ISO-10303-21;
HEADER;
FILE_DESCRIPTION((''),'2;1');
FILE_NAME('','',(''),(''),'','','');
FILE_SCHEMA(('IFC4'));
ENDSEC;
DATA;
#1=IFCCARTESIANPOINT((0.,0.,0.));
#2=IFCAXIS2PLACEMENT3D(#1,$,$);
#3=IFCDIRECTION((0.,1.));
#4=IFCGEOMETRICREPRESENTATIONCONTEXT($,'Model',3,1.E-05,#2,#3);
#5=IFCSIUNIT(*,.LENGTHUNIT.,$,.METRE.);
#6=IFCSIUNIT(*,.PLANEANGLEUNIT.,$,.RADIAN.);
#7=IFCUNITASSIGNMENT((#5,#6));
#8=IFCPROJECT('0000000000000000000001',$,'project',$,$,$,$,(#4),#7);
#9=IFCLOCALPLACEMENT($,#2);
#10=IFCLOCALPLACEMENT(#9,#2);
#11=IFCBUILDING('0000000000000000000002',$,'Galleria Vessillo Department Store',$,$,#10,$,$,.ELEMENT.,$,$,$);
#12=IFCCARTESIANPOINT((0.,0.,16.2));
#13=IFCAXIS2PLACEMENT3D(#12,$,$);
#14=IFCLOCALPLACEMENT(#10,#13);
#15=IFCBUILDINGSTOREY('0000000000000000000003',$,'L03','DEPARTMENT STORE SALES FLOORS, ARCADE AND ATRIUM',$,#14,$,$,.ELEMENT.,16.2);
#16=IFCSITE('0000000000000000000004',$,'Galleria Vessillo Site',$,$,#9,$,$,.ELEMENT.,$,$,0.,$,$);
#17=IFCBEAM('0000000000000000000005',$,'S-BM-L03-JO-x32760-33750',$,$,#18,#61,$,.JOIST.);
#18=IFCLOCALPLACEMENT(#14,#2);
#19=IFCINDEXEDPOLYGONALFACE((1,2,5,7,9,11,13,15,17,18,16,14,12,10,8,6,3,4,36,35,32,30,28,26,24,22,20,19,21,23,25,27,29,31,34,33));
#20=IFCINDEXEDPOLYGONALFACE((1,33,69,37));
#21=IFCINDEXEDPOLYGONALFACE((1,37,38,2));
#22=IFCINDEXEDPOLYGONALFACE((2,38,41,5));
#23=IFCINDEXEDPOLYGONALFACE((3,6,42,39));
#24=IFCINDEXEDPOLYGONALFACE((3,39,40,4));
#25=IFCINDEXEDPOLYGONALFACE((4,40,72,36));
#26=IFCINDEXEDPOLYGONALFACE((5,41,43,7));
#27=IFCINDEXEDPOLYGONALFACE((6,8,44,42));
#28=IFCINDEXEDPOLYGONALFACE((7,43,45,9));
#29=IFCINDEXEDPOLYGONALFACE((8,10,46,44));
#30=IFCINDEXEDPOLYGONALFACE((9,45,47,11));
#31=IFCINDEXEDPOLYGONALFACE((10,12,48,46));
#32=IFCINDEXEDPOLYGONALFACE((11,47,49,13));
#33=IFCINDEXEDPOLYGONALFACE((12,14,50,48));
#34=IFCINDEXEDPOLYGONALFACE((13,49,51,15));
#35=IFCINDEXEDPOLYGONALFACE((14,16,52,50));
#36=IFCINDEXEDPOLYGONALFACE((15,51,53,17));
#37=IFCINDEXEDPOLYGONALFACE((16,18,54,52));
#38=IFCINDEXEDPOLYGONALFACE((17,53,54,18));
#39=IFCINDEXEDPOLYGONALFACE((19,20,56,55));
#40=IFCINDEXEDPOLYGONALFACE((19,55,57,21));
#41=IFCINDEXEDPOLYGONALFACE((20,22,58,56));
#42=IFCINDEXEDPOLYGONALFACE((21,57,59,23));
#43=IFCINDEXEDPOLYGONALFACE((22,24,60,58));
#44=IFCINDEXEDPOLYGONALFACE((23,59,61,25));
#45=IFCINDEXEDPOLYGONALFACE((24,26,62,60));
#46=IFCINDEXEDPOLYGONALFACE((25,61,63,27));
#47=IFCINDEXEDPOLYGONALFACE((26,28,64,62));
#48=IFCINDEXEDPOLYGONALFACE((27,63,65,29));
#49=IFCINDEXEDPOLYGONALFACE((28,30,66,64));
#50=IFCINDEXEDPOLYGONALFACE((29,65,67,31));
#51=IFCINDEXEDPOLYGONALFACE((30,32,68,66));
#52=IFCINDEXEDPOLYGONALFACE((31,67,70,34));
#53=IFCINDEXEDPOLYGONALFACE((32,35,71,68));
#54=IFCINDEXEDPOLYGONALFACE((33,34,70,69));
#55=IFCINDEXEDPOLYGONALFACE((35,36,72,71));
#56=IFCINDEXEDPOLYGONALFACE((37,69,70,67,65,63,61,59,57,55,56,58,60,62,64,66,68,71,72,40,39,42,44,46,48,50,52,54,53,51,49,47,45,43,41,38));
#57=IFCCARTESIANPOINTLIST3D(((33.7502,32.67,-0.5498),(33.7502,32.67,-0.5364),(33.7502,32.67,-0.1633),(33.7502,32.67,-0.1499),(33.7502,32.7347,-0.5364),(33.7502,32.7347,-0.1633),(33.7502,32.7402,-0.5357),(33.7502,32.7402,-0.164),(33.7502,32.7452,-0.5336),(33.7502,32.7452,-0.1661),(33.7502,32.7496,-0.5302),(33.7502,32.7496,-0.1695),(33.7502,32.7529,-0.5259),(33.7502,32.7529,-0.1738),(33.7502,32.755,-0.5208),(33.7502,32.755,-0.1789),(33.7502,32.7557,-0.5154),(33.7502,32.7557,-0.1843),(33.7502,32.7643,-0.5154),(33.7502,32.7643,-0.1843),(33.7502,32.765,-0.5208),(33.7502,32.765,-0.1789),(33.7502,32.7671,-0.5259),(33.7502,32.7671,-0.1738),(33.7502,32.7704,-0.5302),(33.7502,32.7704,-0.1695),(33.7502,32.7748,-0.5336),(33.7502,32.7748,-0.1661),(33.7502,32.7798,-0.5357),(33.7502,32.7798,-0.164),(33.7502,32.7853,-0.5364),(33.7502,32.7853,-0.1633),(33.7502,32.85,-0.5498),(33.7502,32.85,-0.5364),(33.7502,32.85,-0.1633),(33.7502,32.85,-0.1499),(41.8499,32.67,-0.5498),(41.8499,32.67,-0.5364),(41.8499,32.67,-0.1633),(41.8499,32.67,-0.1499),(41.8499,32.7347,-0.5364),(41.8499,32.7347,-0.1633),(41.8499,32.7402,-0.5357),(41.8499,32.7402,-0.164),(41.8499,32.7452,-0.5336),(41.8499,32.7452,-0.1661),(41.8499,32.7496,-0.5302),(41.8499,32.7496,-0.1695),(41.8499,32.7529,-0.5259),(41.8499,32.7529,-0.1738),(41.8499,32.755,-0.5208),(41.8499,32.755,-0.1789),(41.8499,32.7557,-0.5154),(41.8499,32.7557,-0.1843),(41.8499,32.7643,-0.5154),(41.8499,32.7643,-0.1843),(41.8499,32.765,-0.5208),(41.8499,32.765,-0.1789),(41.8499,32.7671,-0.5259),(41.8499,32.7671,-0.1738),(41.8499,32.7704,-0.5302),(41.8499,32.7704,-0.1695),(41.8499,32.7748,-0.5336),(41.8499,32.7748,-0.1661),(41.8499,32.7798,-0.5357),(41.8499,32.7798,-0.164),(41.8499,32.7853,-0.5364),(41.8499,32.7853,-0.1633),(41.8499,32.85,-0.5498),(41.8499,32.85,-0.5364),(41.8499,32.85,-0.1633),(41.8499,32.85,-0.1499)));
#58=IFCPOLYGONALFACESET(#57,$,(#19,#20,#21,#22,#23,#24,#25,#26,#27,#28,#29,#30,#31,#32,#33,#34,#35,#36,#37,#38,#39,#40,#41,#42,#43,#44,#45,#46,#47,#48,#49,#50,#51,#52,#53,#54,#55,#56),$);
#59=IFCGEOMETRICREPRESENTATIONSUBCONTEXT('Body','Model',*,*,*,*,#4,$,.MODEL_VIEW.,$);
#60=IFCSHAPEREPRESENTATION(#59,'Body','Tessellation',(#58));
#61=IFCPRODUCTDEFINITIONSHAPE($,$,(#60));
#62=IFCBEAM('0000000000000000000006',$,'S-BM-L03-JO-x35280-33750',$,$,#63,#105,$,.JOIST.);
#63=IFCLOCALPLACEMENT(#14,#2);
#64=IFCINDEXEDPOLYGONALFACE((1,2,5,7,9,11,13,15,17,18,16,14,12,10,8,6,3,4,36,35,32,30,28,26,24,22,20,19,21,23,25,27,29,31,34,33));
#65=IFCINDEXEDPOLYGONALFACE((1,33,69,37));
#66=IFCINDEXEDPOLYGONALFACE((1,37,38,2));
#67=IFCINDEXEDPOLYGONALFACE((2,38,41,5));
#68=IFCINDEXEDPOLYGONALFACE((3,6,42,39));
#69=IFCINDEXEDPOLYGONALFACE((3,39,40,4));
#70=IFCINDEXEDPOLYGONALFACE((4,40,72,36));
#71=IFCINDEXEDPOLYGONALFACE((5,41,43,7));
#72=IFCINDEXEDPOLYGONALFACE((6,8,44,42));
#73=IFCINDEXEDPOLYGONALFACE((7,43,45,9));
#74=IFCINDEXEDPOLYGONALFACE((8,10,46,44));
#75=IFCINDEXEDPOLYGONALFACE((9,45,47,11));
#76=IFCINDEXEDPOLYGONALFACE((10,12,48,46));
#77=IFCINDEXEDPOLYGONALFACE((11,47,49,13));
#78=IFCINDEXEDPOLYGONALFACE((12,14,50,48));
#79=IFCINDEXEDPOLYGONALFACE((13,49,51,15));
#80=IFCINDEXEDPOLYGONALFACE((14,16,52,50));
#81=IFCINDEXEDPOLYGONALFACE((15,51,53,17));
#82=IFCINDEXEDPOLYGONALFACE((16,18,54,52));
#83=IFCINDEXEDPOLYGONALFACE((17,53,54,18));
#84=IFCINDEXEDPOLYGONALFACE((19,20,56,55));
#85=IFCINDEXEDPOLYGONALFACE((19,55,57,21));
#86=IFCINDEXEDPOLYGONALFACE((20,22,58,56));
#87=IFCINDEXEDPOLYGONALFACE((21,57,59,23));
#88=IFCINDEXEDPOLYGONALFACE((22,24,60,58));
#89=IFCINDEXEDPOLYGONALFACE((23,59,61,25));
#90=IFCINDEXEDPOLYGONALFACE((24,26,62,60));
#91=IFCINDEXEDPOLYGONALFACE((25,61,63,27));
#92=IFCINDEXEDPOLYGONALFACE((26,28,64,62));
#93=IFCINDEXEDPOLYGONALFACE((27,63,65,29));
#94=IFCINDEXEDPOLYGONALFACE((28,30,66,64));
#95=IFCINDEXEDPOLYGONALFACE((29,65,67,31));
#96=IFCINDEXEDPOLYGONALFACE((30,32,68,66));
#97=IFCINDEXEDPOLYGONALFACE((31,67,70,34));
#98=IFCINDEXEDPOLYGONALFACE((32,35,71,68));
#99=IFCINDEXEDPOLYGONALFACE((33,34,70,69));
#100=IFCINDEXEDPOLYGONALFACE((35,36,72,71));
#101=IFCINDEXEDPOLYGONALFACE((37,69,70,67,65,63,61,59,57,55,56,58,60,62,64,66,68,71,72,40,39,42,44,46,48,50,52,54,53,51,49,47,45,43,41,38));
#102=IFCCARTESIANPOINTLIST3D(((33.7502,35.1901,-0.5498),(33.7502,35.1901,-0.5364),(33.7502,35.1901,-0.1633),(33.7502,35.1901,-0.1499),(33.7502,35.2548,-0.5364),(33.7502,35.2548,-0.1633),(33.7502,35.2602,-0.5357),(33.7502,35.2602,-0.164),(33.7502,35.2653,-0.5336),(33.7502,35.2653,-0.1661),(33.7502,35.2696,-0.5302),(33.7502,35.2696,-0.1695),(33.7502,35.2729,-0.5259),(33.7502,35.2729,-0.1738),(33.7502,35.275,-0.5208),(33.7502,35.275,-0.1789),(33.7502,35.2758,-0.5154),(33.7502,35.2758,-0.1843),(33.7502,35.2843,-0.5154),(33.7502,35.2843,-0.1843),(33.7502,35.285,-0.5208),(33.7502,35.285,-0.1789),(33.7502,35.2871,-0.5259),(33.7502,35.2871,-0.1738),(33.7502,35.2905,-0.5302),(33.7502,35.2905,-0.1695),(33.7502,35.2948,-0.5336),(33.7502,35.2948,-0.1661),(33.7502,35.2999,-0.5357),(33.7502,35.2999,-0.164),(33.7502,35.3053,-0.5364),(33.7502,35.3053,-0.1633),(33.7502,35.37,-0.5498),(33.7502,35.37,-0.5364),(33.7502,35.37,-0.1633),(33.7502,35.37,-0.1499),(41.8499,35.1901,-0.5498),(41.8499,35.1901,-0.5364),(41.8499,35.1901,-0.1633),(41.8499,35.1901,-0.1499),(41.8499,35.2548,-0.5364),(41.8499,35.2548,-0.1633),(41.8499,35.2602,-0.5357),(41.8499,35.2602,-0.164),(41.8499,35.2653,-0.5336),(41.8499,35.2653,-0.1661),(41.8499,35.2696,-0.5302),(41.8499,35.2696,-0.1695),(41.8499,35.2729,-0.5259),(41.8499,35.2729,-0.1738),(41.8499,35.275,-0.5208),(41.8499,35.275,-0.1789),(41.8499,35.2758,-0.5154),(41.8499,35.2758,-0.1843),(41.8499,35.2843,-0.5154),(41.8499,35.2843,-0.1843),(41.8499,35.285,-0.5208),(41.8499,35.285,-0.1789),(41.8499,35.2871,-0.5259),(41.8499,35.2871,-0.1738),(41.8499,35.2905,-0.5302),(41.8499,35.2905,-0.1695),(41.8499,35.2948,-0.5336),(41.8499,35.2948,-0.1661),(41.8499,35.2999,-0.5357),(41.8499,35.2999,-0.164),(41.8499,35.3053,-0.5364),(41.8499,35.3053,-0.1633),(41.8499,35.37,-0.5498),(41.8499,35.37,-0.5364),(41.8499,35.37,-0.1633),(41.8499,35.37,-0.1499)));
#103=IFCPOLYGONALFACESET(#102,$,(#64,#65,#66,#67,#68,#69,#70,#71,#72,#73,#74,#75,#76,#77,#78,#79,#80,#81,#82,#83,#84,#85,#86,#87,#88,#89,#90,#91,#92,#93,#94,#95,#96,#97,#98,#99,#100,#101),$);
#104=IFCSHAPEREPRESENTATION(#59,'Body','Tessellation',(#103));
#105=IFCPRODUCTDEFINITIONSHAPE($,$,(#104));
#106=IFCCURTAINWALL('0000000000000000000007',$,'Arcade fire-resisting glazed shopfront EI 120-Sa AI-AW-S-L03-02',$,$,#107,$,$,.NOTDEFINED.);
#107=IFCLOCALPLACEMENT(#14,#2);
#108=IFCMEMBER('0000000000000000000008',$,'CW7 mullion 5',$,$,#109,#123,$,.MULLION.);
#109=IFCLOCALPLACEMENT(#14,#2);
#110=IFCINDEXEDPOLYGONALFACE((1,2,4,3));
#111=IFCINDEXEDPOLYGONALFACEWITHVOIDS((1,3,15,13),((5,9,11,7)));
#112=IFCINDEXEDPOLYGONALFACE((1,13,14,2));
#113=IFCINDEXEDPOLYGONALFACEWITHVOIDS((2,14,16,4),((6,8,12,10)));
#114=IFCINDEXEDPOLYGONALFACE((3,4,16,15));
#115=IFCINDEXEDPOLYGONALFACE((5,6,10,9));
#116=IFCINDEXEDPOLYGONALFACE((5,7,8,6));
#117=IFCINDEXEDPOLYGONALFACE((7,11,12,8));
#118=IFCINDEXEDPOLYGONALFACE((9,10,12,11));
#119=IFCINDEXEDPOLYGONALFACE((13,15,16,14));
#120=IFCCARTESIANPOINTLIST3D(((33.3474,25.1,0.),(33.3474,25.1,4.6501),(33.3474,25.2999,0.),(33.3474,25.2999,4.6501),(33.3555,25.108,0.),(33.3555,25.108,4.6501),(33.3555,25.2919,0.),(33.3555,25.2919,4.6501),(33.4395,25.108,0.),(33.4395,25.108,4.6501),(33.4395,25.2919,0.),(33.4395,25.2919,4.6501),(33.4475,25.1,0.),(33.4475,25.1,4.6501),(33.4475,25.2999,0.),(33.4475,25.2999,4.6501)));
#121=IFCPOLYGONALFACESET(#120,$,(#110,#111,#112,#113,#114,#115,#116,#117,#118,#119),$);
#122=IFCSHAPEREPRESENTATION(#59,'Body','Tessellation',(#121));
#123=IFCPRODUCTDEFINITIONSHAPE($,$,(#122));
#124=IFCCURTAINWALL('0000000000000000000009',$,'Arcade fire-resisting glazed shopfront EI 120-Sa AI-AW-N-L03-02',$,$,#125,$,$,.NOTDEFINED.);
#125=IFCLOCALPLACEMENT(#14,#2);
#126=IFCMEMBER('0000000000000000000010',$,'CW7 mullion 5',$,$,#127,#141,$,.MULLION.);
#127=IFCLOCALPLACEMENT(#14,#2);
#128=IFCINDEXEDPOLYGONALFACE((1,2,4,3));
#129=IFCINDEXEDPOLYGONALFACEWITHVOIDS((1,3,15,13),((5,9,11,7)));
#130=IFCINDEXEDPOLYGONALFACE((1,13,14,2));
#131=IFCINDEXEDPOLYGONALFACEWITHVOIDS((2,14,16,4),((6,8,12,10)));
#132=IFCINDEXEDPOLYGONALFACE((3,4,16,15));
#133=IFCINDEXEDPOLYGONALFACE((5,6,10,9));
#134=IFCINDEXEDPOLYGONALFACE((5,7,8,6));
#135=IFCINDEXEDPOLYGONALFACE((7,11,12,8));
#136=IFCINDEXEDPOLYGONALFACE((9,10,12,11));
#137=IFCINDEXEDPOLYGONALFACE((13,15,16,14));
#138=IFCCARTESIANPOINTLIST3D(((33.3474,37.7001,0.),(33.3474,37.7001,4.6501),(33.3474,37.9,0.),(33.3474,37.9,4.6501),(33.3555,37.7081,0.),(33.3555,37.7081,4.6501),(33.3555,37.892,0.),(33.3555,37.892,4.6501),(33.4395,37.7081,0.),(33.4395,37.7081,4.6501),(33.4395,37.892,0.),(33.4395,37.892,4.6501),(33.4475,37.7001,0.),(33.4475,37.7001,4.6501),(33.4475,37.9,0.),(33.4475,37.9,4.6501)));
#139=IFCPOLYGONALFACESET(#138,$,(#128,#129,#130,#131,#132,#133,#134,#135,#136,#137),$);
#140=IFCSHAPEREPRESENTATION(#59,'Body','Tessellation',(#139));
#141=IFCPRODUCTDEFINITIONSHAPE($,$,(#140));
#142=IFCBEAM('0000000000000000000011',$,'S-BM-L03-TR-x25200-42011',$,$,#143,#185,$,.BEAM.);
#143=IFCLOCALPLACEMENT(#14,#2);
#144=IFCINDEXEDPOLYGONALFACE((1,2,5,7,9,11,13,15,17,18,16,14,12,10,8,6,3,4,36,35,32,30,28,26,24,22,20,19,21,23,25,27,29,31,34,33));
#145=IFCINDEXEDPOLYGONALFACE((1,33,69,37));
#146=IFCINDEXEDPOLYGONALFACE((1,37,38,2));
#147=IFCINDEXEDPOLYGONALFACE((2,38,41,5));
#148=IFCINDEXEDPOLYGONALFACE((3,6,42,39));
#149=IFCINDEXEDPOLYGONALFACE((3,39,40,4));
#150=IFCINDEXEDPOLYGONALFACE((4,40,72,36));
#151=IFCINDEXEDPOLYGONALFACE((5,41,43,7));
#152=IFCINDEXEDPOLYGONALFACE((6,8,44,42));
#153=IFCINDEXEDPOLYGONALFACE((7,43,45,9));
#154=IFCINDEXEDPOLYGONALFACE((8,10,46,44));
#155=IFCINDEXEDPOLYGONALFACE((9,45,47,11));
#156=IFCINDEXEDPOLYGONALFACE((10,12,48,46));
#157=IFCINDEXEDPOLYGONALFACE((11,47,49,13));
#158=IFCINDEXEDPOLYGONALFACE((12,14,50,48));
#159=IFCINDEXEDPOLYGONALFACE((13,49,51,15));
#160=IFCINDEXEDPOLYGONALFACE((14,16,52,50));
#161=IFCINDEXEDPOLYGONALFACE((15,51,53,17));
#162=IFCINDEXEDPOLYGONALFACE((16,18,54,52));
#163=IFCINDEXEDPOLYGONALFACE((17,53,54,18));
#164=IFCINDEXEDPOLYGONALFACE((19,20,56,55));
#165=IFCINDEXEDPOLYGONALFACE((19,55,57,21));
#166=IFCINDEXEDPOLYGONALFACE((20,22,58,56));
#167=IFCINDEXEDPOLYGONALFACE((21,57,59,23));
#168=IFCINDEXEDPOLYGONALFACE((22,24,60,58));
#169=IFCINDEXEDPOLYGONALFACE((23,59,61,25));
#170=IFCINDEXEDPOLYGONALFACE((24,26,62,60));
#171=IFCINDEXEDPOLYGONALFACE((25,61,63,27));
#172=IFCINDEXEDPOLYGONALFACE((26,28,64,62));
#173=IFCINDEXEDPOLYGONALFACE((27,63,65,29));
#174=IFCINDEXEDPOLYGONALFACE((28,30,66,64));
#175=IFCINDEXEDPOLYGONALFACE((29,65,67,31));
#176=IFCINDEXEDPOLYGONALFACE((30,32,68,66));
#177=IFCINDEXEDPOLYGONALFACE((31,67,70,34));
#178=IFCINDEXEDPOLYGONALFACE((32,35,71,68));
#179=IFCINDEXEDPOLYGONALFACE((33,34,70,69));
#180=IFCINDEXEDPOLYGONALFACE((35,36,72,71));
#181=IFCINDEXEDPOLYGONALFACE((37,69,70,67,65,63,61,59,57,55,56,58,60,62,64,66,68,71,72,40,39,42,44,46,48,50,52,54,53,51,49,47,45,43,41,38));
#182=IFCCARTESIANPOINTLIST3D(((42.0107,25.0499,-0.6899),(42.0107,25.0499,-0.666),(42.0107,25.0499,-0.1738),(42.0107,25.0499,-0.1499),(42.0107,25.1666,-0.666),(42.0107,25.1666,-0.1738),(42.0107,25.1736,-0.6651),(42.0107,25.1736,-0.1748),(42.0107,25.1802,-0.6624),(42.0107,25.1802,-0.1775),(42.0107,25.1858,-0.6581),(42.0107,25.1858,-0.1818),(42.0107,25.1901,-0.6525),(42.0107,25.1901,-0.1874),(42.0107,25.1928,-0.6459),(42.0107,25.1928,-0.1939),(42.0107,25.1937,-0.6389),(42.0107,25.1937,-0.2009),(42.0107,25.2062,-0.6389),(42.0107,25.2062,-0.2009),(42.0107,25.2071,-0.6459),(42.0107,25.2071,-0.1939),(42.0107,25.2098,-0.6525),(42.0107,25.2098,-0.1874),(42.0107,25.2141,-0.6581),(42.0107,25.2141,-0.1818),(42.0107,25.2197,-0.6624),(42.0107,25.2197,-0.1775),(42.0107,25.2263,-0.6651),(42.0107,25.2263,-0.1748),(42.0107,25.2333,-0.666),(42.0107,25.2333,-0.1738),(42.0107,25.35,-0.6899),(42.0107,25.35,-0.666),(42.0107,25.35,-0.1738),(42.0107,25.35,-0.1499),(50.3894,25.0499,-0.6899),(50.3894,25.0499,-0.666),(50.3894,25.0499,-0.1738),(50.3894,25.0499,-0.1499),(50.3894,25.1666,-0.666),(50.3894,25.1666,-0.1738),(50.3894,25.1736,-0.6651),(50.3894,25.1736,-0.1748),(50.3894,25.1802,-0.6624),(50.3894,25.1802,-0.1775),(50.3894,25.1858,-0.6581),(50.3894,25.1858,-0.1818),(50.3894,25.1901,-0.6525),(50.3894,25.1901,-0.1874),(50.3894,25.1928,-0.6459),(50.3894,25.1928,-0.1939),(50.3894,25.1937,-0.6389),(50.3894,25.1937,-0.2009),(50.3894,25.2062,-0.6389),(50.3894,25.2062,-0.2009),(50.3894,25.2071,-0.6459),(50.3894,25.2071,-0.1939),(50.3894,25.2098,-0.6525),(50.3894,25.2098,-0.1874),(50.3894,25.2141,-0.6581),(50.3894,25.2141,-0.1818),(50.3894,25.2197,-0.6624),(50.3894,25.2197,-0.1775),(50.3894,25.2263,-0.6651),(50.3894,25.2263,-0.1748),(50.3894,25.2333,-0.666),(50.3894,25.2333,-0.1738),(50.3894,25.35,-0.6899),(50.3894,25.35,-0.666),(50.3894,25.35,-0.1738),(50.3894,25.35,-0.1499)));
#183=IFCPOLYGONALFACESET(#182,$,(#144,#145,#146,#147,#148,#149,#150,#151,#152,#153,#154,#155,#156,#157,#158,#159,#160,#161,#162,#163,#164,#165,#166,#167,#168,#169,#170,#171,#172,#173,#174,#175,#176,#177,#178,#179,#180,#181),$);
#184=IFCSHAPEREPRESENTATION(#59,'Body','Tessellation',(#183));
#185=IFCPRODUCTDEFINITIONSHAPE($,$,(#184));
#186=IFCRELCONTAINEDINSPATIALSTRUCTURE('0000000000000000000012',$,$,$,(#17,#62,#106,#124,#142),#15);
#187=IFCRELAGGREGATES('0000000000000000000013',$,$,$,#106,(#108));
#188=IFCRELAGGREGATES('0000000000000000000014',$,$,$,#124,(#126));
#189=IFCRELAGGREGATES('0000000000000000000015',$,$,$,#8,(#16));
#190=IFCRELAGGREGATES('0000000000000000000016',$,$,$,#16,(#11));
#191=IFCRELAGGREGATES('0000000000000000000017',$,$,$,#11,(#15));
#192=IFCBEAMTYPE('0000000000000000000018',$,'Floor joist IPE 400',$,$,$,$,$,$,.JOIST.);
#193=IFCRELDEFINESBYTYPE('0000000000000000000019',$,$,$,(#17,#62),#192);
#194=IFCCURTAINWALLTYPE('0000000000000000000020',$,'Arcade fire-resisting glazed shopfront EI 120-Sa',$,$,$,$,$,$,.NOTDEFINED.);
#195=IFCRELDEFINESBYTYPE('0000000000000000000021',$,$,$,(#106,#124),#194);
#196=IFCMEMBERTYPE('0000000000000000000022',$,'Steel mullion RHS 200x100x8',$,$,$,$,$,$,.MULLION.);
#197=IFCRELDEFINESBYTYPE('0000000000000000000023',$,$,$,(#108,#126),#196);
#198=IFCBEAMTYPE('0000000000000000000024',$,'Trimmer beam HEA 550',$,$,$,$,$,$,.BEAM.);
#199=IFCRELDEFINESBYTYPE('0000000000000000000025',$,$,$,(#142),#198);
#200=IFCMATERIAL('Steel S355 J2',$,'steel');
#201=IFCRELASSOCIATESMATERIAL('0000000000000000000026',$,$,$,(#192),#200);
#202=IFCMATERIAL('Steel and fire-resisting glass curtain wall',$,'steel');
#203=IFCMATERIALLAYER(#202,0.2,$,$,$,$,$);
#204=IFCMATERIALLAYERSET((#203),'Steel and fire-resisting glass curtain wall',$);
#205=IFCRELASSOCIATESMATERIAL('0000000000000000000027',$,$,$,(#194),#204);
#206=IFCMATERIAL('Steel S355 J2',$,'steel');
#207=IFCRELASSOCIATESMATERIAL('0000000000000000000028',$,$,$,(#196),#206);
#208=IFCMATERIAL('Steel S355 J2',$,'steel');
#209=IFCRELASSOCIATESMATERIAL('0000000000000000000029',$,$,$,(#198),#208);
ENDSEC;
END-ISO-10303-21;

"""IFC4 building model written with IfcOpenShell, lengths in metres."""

from ifc_helpers import new_model, si_unit, direction, frame, origin, origin_2d, place, context, subcontext, project, spatial, hollow_rectangle, i_section, extrude, material, layer, layer_set, material_profile, profile_set, type_object, element, aggregate, save


model = new_model("IFC4")

# Units and contexts
model_context = context("Model", 3, precision=1e-05, world=origin(), true_north=direction((0.0, 1.0)))
body_context = subcontext(model_context, "Body", "Model", "MODEL_VIEW")
ifc_project = project(units=[si_unit("LENGTHUNIT", "METRE"), si_unit("PLANEANGLEUNIT", "RADIAN")], contexts=[model_context])

# Site, building, storey
site_placement = place(None, origin())
site = spatial("IfcSite", under=ifc_project, at=site_placement, Name="Galleria Vessillo Site", CompositionType="ELEMENT", RefElevation=0.0)
building_placement = place(site_placement, origin())
building = spatial("IfcBuilding", under=site, at=building_placement, Name="Galleria Vessillo Department Store", CompositionType="ELEMENT")
storey_placement = place(building_placement, frame((0.0, 0.0, 16.2)))
storey = spatial("IfcBuildingStorey", under=building, at=storey_placement, Name="L03", Description="DEPARTMENT STORE SALES FLOORS, ARCADE AND ATRIUM", CompositionType="ELEMENT", Elevation=16.2)

# Beams
ifc_material_1 = material(Name="Steel S355 J2", Category="steel")
ifc_material_profile_1 = material_profile(ifc_material_1, i_section(OverallWidth=0.1799, OverallDepth=0.3999, WebThickness=0.0085, FlangeThickness=0.0134, FilletRadius=0.021, at=origin_2d()), Name="IPE 400")
ifc_profile_set_1 = profile_set([ifc_material_profile_1], Name="Steel S355 J2")
beam_type_1 = type_object("IfcBeamType", Name="Floor joist IPE 400", PredefinedType="JOIST", material=ifc_profile_set_1)
for number, where, z_axis, x_axis, name in (
    (1, (33.7502, 32.76, -0.3499), (1.0, 0.0, 0.0), (0.0, 1.0, 0.0), "S-BM-L03-JO-x32760-33750"),
    (2, (33.7502, 35.28, -0.3499), (1.0, 0.0, 0.0), (0.0, 1.0, 0.0), "S-BM-L03-JO-x35280-33750"),
):
    element("IfcBeam", number, at=place(storey_placement, frame(where, z_axis=z_axis, x_axis=x_axis)), inside=storey, type_object=beam_type_1, Name=name, PredefinedType="JOIST", context=body_context, shape_type="SweptSolid", body=[
        extrude(i_section(OverallWidth=0.1799, OverallDepth=0.3999, WebThickness=0.0085, FlangeThickness=0.0134, FilletRadius=0.021, at=origin_2d()), origin(), (0.0, 0.0, 1.0), 8.0996),
    ])

# Curtain walls, members
ifc_material_2 = material(Name="Steel and fire-resisting glass curtain wall", Category="steel")
ifc_layer_1 = layer(ifc_material_2, 0.2)
ifc_layer_set_1 = layer_set([ifc_layer_1], Name="Steel and fire-resisting glass curtain wall")
curtain_wall_type = type_object("IfcCurtainWallType", Name="Arcade fire-resisting glazed shopfront EI 120-Sa", PredefinedType="NOTDEFINED", material=ifc_layer_set_1)
curtain_wall_1_placement = place(storey_placement, origin())
curtain_wall_1 = element("IfcCurtainWall", 3, at=curtain_wall_1_placement, inside=storey, type_object=curtain_wall_type, Name="Arcade fire-resisting glazed shopfront EI 120-Sa AI-AW-S-L03-02", PredefinedType="NOTDEFINED")
ifc_material_3 = material(Name="Steel S355 J2", Category="steel")
ifc_material_profile_2 = material_profile(ifc_material_3, hollow_rectangle(XDim=0.2, YDim=0.1001, WallThickness=0.0081, at=origin_2d()), Name="RHS 200x100x8")
ifc_profile_set_2 = profile_set([ifc_material_profile_2], Name="Steel S355 J2")
member_type = type_object("IfcMemberType", Name="Steel mullion RHS 200x100x8", PredefinedType="MULLION", material=ifc_profile_set_2)
member_1_placement = place(storey_placement, frame((33.3975, 25.2, 0.0), z_axis=(0.0, 0.0, 1.0), x_axis=(0.0, 1.0, 0.0)))
member_1 = element("IfcMember", 4, at=member_1_placement, type_object=member_type, Name="CW7 mullion 5", PredefinedType="MULLION", context=body_context, shape_type="SweptSolid", body=[
    extrude(hollow_rectangle(XDim=0.2, YDim=0.1001, WallThickness=0.0081, at=origin_2d()), origin(), (0.0, 0.0, 1.0), 4.6501),
])
curtain_wall_2_placement = place(storey_placement, origin())
curtain_wall_2 = element("IfcCurtainWall", 5, at=curtain_wall_2_placement, inside=storey, type_object=curtain_wall_type, Name="Arcade fire-resisting glazed shopfront EI 120-Sa AI-AW-N-L03-02", PredefinedType="NOTDEFINED")
member_2_placement = place(storey_placement, frame((33.3975, 37.8, 0.0), z_axis=(0.0, 0.0, 1.0), x_axis=(0.0, 1.0, 0.0)))
member_2 = element("IfcMember", 6, at=member_2_placement, type_object=member_type, Name="CW7 mullion 5", PredefinedType="MULLION", context=body_context, shape_type="SweptSolid", body=[
    extrude(hollow_rectangle(XDim=0.2, YDim=0.1001, WallThickness=0.0081, at=origin_2d()), origin(), (0.0, 0.0, 1.0), 4.6501),
])

# Beam
ifc_material_4 = material(Name="Steel S355 J2", Category="steel")
ifc_material_profile_3 = material_profile(ifc_material_4, i_section(OverallWidth=0.3, OverallDepth=0.54, WebThickness=0.0125, FlangeThickness=0.0239, FilletRadius=0.0271, at=origin_2d()), Name="HEA 550")
ifc_profile_set_3 = profile_set([ifc_material_profile_3], Name="Steel S355 J2")
beam_type_2 = type_object("IfcBeamType", Name="Trimmer beam HEA 550", PredefinedType="BEAM", material=ifc_profile_set_3)
for number, where, z_axis, x_axis, name in (
    (7, (42.0107, 25.2, -0.4199), (1.0, 0.0, 0.0), (0.0, 1.0, 0.0), "S-BM-L03-TR-x25200-42011"),
):
    element("IfcBeam", number, at=place(storey_placement, frame(where, z_axis=z_axis, x_axis=x_axis)), inside=storey, type_object=beam_type_2, Name=name, PredefinedType="BEAM", context=body_context, shape_type="SweptSolid", body=[
        extrude(i_section(OverallWidth=0.3, OverallDepth=0.54, WebThickness=0.0125, FlangeThickness=0.0239, FilletRadius=0.0271, at=origin_2d()), origin(), (0.0, 0.0, 1.0), 8.3787),
    ])

aggregate(curtain_wall_1, [member_1])
aggregate(curtain_wall_2, [member_2])

save(model, "model.ifc")
